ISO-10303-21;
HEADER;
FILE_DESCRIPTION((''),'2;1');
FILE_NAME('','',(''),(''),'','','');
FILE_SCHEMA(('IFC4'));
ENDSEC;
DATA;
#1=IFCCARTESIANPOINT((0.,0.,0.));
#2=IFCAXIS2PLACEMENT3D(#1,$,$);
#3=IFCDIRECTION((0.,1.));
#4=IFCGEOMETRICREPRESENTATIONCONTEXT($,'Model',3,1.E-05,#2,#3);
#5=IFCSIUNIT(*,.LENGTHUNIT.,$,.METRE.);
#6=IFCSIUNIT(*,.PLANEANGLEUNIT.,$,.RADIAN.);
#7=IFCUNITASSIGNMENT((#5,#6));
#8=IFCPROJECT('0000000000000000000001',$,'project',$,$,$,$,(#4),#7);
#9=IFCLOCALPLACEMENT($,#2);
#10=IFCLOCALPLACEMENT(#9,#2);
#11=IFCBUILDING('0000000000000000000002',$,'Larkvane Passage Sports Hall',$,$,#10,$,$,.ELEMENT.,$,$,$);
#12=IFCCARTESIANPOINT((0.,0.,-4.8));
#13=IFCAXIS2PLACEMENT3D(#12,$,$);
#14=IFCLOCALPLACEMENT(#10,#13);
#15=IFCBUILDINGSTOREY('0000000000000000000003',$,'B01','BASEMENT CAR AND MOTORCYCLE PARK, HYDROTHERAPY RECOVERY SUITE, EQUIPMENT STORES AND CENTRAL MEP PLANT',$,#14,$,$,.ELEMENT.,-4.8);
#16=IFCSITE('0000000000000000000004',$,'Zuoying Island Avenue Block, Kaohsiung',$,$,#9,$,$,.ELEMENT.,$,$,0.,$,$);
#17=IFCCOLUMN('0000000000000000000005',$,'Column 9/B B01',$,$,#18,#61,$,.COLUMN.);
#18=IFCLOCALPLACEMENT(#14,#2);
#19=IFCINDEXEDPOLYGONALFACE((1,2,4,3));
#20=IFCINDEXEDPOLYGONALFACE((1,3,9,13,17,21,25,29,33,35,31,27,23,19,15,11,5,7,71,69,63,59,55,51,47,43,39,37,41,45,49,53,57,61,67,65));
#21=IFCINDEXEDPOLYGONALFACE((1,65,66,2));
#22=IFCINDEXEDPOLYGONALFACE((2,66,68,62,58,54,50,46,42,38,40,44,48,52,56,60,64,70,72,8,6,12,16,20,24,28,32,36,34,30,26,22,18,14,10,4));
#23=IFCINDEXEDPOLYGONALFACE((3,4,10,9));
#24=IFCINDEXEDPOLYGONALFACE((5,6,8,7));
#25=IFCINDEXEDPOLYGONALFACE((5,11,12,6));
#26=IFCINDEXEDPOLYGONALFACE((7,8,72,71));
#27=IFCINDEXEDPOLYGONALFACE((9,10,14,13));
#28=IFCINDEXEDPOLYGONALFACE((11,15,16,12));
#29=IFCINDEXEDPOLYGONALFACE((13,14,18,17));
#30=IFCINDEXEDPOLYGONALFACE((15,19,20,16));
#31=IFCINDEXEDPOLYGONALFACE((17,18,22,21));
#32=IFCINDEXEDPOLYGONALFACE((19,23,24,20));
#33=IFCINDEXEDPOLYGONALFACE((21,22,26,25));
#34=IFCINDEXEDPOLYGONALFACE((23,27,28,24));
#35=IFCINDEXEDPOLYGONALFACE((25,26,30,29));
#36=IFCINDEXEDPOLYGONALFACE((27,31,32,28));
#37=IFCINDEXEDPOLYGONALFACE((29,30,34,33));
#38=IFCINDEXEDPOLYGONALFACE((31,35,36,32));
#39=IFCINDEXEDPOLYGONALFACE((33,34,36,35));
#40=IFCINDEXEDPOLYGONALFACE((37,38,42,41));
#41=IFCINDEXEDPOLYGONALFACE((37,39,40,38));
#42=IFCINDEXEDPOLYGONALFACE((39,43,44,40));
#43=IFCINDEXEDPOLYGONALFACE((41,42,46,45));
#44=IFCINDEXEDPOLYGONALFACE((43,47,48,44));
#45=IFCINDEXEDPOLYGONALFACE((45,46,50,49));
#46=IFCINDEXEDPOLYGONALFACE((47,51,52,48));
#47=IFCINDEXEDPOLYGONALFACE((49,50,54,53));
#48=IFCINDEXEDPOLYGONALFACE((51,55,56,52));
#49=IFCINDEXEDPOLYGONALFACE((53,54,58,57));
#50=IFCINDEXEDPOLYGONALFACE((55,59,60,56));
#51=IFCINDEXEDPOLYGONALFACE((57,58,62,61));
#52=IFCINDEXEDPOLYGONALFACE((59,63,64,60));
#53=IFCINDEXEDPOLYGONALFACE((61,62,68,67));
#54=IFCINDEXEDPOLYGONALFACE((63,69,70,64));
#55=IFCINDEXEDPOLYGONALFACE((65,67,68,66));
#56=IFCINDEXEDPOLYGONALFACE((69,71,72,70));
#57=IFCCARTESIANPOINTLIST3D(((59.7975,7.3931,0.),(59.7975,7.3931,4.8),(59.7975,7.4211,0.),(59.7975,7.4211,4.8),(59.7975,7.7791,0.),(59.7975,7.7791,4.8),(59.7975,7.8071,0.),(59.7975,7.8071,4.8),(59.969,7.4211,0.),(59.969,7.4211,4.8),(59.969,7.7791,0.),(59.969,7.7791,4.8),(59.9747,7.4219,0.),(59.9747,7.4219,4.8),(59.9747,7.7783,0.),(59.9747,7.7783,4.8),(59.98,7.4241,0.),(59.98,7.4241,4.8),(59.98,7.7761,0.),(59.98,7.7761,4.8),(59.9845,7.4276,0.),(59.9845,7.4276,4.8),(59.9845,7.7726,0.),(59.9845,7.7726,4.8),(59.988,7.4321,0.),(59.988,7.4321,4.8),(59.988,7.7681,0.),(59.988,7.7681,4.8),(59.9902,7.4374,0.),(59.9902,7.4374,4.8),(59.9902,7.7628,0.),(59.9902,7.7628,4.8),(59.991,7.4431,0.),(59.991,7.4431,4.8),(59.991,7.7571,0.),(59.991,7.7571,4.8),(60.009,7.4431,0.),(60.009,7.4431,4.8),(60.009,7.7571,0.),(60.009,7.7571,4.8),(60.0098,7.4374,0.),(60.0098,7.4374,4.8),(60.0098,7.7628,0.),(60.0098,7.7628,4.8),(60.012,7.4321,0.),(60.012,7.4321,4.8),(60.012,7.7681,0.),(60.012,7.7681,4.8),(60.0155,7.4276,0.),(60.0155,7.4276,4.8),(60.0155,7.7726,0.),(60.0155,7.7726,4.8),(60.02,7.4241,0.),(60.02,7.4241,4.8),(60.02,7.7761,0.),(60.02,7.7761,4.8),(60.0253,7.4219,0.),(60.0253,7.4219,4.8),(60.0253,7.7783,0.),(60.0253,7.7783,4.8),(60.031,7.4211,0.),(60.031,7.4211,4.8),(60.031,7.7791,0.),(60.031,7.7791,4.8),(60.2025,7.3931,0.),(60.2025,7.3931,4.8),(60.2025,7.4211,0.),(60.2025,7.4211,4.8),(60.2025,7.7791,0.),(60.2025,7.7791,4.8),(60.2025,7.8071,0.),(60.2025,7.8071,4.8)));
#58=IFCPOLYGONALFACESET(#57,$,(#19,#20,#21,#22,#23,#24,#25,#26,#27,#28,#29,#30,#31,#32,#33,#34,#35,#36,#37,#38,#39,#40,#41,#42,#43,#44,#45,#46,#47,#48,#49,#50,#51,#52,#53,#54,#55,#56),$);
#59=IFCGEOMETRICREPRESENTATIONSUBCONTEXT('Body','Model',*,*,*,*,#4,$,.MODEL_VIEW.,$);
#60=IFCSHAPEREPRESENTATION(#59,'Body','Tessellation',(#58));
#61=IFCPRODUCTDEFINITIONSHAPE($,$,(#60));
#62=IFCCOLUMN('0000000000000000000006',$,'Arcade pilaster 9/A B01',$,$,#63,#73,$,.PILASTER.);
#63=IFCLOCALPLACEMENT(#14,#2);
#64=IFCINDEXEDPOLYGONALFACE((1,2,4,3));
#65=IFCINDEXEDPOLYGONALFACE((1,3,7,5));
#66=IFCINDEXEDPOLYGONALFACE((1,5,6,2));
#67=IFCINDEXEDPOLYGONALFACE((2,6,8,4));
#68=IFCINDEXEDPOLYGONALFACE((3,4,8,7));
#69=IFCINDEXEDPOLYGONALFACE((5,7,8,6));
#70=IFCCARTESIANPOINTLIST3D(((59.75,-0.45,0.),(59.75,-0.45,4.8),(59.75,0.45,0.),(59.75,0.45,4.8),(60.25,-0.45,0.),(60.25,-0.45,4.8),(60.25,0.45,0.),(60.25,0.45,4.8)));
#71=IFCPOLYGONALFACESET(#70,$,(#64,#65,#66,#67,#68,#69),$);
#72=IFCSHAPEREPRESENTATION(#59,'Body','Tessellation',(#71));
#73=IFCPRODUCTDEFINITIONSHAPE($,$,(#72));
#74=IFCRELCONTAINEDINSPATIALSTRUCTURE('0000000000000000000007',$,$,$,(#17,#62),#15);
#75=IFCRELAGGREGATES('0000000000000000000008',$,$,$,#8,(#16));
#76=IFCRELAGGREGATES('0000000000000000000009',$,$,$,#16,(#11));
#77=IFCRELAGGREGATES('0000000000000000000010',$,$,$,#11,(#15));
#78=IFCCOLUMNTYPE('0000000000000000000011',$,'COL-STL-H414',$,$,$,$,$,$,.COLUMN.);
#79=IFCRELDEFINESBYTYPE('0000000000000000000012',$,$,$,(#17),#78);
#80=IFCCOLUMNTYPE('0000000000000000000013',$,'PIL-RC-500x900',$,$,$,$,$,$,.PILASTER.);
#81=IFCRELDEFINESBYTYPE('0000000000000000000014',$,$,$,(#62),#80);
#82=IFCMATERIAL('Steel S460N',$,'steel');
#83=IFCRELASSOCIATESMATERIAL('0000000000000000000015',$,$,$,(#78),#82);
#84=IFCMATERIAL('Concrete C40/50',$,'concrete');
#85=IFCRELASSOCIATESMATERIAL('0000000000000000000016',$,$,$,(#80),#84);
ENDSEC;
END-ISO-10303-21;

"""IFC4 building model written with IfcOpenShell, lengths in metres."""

from ifc_helpers import new_model, si_unit, direction, frame, origin, origin_2d, place, context, subcontext, project, spatial, rectangle, i_section, extrude, material, material_profile, profile_set, type_object, element, save


model = new_model("IFC4")

# Units and contexts
model_context = context("Model", 3, precision=1e-05, world=origin(), true_north=direction((0.0, 1.0)))
body_context = subcontext(model_context, "Body", "Model", "MODEL_VIEW")
ifc_project = project(units=[si_unit("LENGTHUNIT", "METRE"), si_unit("PLANEANGLEUNIT", "RADIAN")], contexts=[model_context])

# Site, building, storey
site_placement = place(None, origin())
site = spatial("IfcSite", under=ifc_project, at=site_placement, Name="Zuoying Island Avenue Block, Kaohsiung", CompositionType="ELEMENT", RefElevation=0.0)
building_placement = place(site_placement, origin())
building = spatial("IfcBuilding", under=site, at=building_placement, Name="Larkvane Passage Sports Hall", CompositionType="ELEMENT")
storey_placement = place(building_placement, frame((0.0, 0.0, -4.8)))
storey = spatial("IfcBuildingStorey", under=building, at=storey_placement, Name="B01", Description="BASEMENT CAR AND MOTORCYCLE PARK, HYDROTHERAPY RECOVERY SUITE, EQUIPMENT STORES AND CENTRAL MEP PLANT", CompositionType="ELEMENT", Elevation=-4.8)

# Shared definitions
ifc_material_1 = material(Name="Concrete C40/50", Category="concrete")

# Columns
ifc_material_2 = material(Name="Steel S460N", Category="steel")
ifc_material_profile_1 = material_profile(ifc_material_2, i_section(OverallWidth=0.405, OverallDepth=0.4141, WebThickness=0.0181, FlangeThickness=0.0281, FilletRadius=0.022, at=origin_2d()), Name="H-414x405x18x28")
ifc_profile_set_1 = profile_set([ifc_material_profile_1], Name="Steel S460N")
column_type_1 = type_object("IfcColumnType", Name="COL-STL-H414", PredefinedType="COLUMN", material=ifc_profile_set_1)
column_1_placement = place(storey_placement, frame((60.0, 7.6001, 0.0), z_axis=(0.0, 0.0, 1.0), x_axis=(1.0, 0.0, 0.0)))
element("IfcColumn", 1, at=column_1_placement, inside=storey, type_object=column_type_1, Name="Column 9/B B01", PredefinedType="COLUMN", context=body_context, shape_type="SweptSolid", body=[
    extrude(i_section(OverallWidth=0.405, OverallDepth=0.4141, WebThickness=0.0181, FlangeThickness=0.0281, FilletRadius=0.022, at=origin_2d()), origin(), (0.0, 0.0, 1.0), 4.8),
])
ifc_material_profile_2 = material_profile(ifc_material_1, rectangle(XDim=0.5, YDim=0.8999, at=origin_2d()), Name="RC-PIL-500x900")
ifc_profile_set_2 = profile_set([ifc_material_profile_2], Name="Concrete C40/50")
column_type_2 = type_object("IfcColumnType", Name="PIL-RC-500x900", PredefinedType="PILASTER", material=ifc_profile_set_2)
column_2_placement = place(storey_placement, frame((60.0, 0.0, 0.0), z_axis=(0.0, 0.0, 1.0), x_axis=(1.0, 0.0, 0.0)))
element("IfcColumn", 2, at=column_2_placement, inside=storey, type_object=column_type_2, Name="Arcade pilaster 9/A B01", PredefinedType="PILASTER", context=body_context, shape_type="SweptSolid", body=[
    extrude(rectangle(XDim=0.5, YDim=0.8999, at=origin_2d()), origin(), (0.0, 0.0, 1.0), 4.8),
])

save(model, "model.ifc")
